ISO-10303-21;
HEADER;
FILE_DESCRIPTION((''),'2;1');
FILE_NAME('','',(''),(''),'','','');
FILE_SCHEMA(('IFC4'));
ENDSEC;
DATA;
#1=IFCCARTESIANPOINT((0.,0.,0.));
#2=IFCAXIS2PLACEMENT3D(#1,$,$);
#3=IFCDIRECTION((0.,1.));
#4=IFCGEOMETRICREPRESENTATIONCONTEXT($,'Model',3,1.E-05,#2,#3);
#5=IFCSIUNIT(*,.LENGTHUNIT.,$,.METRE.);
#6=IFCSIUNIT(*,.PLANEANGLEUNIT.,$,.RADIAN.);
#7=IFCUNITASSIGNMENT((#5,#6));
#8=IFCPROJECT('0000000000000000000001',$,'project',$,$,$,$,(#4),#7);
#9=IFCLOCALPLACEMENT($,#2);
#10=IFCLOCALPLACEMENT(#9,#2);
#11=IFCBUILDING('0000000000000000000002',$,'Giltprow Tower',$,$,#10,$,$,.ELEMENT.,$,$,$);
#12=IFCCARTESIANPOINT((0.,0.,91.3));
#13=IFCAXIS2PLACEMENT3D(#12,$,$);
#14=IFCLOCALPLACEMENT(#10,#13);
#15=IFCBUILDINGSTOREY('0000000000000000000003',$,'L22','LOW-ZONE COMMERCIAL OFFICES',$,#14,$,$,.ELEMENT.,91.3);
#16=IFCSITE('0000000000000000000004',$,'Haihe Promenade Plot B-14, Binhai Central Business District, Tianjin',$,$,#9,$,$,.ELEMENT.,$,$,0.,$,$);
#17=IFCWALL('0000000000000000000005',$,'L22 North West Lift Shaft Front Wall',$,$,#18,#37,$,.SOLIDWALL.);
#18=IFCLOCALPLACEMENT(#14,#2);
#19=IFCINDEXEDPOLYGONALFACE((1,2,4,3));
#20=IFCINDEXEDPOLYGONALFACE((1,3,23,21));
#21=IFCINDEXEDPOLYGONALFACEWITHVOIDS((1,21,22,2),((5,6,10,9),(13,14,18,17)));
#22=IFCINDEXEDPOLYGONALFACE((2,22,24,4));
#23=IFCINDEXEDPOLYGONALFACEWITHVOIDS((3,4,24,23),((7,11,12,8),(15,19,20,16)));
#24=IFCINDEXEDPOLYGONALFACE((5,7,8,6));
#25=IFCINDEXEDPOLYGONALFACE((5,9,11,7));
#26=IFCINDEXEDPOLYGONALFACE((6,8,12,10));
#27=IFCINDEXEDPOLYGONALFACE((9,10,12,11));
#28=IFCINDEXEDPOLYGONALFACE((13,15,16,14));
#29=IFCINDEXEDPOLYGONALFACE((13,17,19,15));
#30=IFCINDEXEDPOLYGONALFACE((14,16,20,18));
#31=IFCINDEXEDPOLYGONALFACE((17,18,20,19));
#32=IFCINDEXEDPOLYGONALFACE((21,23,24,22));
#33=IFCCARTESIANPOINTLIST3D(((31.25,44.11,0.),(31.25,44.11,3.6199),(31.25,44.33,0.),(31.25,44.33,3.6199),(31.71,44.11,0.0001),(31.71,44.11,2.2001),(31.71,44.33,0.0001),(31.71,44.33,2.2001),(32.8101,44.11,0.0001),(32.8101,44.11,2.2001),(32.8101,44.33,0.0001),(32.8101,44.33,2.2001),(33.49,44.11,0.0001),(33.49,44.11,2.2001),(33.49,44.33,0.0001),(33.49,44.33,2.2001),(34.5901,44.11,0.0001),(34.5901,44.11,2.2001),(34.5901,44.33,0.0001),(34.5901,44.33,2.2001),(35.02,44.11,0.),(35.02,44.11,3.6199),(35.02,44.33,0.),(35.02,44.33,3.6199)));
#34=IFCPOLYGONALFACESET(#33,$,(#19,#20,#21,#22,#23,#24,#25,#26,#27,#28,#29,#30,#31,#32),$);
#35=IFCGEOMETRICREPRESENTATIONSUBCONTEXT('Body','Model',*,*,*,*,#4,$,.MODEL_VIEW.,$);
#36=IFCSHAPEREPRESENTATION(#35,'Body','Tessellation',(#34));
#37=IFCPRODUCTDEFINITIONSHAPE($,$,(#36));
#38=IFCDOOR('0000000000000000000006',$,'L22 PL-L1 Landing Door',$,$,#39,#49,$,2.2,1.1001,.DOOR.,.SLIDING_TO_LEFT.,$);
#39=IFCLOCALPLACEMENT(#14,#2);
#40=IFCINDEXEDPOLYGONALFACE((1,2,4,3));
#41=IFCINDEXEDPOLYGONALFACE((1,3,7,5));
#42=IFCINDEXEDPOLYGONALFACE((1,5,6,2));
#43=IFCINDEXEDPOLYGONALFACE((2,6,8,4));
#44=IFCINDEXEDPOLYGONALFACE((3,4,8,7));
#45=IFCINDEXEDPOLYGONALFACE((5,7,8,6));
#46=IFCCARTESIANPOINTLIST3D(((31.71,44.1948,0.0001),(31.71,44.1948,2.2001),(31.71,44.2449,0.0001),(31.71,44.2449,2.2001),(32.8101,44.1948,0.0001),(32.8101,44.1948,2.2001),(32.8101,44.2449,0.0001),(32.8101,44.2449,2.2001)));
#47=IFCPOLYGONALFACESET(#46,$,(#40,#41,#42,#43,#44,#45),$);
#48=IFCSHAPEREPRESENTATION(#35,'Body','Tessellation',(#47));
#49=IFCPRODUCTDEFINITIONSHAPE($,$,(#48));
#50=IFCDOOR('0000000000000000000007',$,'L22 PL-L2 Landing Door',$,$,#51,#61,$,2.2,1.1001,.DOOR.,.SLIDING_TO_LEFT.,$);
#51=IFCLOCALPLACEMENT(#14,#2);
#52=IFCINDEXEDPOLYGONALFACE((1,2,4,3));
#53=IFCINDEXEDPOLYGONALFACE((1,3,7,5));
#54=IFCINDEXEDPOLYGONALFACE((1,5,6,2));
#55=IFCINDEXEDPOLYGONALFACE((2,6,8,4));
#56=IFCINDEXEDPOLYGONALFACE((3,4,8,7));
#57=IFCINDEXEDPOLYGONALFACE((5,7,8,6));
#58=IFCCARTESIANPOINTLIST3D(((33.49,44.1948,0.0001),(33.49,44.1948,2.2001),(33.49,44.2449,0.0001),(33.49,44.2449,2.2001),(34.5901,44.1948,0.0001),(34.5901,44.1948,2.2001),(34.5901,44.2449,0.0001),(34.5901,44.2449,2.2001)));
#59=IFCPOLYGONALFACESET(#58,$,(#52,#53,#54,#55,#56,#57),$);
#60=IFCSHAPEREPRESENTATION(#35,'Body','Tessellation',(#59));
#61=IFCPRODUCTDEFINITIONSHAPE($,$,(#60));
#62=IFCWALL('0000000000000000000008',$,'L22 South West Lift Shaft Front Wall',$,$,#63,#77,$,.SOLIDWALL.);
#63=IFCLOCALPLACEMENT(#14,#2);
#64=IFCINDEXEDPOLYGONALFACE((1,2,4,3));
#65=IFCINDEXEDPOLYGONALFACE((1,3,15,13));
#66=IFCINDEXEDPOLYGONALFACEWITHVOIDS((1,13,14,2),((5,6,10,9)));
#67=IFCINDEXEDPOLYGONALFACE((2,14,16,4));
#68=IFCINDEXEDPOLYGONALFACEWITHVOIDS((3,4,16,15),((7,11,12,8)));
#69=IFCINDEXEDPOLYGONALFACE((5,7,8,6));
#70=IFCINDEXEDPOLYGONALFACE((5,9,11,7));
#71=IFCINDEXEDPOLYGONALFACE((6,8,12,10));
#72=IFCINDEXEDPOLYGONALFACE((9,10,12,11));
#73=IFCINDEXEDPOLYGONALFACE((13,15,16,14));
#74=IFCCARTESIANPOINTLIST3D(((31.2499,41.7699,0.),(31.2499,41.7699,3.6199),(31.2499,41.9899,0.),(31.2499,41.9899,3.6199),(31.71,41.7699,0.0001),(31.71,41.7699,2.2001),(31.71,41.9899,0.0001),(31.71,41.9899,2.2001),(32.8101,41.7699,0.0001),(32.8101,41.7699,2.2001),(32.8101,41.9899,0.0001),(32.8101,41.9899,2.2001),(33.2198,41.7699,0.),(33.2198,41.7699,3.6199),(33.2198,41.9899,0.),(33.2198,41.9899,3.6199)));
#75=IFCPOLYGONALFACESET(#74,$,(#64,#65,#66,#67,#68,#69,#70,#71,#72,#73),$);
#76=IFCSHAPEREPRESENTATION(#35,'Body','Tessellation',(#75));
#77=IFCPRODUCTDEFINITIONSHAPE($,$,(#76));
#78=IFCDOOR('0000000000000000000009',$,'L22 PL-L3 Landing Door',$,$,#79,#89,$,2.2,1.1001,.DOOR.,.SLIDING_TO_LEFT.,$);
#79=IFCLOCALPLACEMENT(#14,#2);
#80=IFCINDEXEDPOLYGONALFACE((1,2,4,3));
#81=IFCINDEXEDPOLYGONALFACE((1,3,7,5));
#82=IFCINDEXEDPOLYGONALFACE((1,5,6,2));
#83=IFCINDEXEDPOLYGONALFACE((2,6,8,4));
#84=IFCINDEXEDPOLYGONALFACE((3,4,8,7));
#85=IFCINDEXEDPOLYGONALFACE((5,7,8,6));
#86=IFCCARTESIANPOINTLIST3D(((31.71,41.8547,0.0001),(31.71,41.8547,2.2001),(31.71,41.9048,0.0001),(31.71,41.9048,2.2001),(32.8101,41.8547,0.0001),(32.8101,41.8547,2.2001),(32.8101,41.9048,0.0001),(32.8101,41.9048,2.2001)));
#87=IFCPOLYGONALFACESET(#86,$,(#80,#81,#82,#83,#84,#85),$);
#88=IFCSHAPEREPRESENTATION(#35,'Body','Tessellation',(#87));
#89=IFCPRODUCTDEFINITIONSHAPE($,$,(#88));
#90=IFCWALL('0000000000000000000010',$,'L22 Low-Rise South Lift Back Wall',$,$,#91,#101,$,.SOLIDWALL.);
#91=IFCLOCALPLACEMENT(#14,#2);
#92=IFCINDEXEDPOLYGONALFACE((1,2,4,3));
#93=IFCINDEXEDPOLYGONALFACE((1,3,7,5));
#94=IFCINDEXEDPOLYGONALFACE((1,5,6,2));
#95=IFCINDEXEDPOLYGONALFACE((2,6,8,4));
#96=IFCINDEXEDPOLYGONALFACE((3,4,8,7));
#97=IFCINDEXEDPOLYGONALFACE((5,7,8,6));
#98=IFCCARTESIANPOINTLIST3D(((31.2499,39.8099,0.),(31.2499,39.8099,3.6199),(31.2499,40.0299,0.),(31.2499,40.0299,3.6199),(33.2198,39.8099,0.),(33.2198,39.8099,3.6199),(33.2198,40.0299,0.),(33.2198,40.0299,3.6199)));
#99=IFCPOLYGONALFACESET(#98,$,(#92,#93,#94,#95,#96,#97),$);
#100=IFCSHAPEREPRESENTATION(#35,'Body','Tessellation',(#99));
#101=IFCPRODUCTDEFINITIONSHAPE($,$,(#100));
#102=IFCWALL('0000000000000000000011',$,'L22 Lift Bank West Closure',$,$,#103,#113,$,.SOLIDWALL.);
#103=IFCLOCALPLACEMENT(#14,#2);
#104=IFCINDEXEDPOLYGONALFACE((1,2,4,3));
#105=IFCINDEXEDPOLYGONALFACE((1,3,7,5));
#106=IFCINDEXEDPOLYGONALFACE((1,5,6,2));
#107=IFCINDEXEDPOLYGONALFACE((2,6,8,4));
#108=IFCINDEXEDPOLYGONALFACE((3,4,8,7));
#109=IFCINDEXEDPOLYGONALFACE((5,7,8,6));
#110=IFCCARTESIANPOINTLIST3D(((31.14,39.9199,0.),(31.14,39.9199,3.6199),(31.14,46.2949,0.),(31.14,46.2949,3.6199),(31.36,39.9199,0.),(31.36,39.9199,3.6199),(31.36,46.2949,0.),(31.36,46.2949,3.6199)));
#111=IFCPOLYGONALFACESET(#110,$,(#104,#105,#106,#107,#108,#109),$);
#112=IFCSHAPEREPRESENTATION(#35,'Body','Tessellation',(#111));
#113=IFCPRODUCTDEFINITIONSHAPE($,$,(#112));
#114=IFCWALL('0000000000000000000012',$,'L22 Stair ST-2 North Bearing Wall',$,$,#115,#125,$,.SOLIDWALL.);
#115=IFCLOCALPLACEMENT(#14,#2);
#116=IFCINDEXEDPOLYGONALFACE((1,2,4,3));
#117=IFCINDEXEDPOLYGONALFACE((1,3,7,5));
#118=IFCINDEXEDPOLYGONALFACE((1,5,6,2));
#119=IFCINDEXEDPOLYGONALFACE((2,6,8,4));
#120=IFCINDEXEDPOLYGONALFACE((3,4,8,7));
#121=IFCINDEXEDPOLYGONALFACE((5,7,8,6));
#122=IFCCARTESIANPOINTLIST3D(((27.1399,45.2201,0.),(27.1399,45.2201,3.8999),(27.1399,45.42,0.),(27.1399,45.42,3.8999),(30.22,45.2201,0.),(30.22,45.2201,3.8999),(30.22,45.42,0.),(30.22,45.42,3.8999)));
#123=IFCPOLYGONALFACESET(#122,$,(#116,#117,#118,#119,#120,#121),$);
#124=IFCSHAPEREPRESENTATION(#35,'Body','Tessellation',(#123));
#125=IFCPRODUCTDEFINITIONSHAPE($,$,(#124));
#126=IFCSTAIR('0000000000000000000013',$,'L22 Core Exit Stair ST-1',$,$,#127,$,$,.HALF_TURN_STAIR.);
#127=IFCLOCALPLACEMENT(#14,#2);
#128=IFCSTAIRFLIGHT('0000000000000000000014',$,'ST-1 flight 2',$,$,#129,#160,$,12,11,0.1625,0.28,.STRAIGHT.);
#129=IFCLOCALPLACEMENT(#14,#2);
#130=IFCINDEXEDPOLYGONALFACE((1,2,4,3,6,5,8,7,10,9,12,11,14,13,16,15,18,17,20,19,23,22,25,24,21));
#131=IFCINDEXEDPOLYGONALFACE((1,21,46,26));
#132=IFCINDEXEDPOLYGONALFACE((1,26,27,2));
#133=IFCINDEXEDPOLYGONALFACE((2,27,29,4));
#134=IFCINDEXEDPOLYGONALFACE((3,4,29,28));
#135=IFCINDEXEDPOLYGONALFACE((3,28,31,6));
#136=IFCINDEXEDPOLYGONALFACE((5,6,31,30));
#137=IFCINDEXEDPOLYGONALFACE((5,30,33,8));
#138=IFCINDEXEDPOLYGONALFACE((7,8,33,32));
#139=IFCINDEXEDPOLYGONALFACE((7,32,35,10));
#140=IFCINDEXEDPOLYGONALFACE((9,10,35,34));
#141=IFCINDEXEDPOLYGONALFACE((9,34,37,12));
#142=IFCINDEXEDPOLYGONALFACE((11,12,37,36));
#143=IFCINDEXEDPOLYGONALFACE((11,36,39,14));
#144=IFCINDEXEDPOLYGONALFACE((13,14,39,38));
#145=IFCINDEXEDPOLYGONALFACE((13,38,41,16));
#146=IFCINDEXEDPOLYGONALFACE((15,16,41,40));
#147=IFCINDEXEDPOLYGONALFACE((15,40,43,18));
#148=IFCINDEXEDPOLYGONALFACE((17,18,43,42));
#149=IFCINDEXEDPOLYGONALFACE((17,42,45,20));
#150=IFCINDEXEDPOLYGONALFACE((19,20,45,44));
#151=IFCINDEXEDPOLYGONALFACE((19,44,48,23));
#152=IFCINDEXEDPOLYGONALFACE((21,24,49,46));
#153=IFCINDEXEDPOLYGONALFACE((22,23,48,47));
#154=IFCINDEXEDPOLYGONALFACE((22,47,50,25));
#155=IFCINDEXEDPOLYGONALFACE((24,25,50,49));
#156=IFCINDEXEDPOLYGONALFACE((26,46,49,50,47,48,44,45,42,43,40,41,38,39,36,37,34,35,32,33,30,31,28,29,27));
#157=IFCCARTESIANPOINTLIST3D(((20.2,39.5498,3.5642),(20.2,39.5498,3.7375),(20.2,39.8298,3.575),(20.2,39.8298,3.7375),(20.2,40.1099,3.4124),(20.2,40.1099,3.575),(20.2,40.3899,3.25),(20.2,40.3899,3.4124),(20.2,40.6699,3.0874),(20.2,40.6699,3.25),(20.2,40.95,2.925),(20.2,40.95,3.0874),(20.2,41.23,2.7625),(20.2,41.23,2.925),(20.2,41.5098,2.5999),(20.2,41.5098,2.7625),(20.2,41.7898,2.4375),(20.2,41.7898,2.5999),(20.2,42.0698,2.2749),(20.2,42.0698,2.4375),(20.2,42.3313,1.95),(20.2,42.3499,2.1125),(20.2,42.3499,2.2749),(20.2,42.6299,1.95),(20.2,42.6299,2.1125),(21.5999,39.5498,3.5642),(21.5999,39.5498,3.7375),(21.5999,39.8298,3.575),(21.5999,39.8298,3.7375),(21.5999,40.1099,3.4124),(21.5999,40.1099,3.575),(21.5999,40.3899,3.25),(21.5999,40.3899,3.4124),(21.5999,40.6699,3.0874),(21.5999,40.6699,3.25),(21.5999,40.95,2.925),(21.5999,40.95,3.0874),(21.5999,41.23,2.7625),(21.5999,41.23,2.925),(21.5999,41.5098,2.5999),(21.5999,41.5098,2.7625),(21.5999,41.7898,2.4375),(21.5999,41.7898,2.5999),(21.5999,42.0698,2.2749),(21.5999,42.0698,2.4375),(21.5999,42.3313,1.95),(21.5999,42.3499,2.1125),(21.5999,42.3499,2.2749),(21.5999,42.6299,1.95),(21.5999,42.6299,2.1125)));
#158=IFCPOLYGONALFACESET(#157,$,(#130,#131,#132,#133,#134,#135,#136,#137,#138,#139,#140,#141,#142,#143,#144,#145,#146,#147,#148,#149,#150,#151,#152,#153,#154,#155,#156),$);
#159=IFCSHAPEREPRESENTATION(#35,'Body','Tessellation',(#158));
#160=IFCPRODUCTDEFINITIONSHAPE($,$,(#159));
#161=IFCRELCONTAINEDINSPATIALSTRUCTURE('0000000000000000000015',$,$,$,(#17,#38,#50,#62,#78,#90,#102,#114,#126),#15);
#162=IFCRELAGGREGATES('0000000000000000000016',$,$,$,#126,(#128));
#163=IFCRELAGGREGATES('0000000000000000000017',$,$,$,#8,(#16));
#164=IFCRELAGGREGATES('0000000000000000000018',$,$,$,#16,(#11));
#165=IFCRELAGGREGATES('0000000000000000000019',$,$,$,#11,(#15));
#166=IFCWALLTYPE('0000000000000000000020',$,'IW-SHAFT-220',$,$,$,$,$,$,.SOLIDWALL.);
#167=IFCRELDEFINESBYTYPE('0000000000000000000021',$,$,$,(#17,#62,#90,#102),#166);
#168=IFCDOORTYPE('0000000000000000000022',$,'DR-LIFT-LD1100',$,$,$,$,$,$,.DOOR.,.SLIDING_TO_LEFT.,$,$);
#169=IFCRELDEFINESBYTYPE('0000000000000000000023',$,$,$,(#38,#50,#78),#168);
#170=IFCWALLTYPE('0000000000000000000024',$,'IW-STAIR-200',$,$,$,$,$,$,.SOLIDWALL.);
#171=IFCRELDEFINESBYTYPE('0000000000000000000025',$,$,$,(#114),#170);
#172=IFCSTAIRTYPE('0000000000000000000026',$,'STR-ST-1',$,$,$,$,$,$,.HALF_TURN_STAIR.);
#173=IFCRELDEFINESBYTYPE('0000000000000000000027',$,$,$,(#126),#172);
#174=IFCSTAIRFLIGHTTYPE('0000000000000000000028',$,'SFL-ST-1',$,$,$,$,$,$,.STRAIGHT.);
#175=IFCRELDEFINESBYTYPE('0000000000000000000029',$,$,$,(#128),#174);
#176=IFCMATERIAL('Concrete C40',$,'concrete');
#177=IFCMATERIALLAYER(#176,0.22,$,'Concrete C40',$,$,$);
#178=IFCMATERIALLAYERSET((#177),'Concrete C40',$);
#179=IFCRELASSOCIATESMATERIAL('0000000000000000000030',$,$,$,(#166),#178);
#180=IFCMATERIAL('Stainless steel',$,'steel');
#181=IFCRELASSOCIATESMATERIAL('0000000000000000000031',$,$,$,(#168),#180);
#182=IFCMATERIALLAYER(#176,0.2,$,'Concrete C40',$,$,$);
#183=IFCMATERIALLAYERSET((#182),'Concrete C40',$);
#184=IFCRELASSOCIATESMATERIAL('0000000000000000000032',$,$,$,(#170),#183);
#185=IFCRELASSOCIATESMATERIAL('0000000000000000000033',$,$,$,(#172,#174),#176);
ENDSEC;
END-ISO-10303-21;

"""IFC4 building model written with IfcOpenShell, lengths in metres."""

from ifc_helpers import new_model, si_unit, direction, frame, frame_2d, origin, place, context, subcontext, project, spatial, polyline, rectangle, outline, extrude, source, transform, mapped, material, layer, layer_set, type_object, element, fill, aggregate, save


model = new_model("IFC4")

# Units and contexts
model_context = context("Model", 3, precision=1e-05, world=origin(), true_north=direction((0.0, 1.0)))
body_context = subcontext(model_context, "Body", "Model", "MODEL_VIEW")
ifc_project = project(units=[si_unit("LENGTHUNIT", "METRE"), si_unit("PLANEANGLEUNIT", "RADIAN")], contexts=[model_context])

# Site, building, storey
site_placement = place(None, origin())
site = spatial("IfcSite", under=ifc_project, at=site_placement, Name="Haihe Promenade Plot B-14, Binhai Central Business District, Tianjin", CompositionType="ELEMENT", RefElevation=0.0)
building_placement = place(site_placement, origin())
building = spatial("IfcBuilding", under=site, at=building_placement, Name="Giltprow Tower", CompositionType="ELEMENT")
storey_placement = place(building_placement, frame((0.0, 0.0, 91.3)))
storey = spatial("IfcBuildingStorey", under=building, at=storey_placement, Name="L22", Description="LOW-ZONE COMMERCIAL OFFICES", CompositionType="ELEMENT", Elevation=91.3)

# Shared definitions
ifc_material_1 = material(Name="Concrete C40", Category="concrete")
ifc_layer_1 = layer(ifc_material_1, 0.22, Name="Concrete C40")
ifc_layer_set_1 = layer_set([ifc_layer_1], Name="Concrete C40")
wall_type_1 = type_object("IfcWallType", Name="IW-SHAFT-220", PredefinedType="SOLIDWALL", material=ifc_layer_set_1)
ifc_material_2 = material(Name="Stainless steel", Category="steel")
door_type = type_object("IfcDoorType", Name="DR-LIFT-LD1100", OperationType="SLIDING_TO_LEFT", PredefinedType="DOOR", material=ifc_material_2)
shared_shape_1 = source(origin(), body_context, "Body", "SweptSolid", [
    extrude(rectangle(XDim=1.1001, YDim=2.2, at=frame_2d((0.55, 1.1001))), frame((0.0, 0.0249, 0.0), z_axis=(0.0, -1.0, 0.0), x_axis=(1.0, 0.0, 0.0)), (0.0, 0.0, 1.0), 0.05),
])

# Wall, openings, doors
wall_1_placement = place(storey_placement, frame((31.25, 44.22, 0.0), z_axis=(0.0, 0.0, 1.0), x_axis=(1.0, 0.0, 0.0)))
wall_1 = element("IfcWall", 1, at=wall_1_placement, inside=storey, type_object=wall_type_1, Name="L22 North West Lift Shaft Front Wall", PredefinedType="SOLIDWALL", context=body_context, shape_type="SweptSolid", body=[
    extrude(rectangle(XDim=3.77, YDim=0.22, at=frame_2d((1.885, 0.0))), origin(), (0.0, 0.0, 1.0), 3.6199),
])
opening_1_placement = place(wall_1_placement, frame((0.46, 0.0, 0.0)))
opening_1 = element("IfcOpeningElement", 2, at=opening_1_placement, cuts=wall_1, PredefinedType="OPENING", context=body_context, shape_type="SweptSolid", body=[
    extrude(rectangle(XDim=1.1001, YDim=2.2, at=frame_2d((0.55, 1.1001))), frame((0.0, 0.1199, 0.0), z_axis=(0.0, -1.0, 0.0), x_axis=(1.0, 0.0, 0.0)), (0.0, 0.0, 1.0), 0.24),
])
opening_2_placement = place(wall_1_placement, frame((2.24, 0.0, 0.0)))
opening_2 = element("IfcOpeningElement", 3, at=opening_2_placement, cuts=wall_1, PredefinedType="OPENING", context=body_context, shape_type="SweptSolid", body=[
    extrude(rectangle(XDim=1.1001, YDim=2.2, at=frame_2d((0.55, 1.1001))), frame((0.0, 0.1199, 0.0), z_axis=(0.0, -1.0, 0.0), x_axis=(1.0, 0.0, 0.0)), (0.0, 0.0, 1.0), 0.24),
])
door_1_placement = place(opening_1_placement, origin())
door_1 = element("IfcDoor", 4, at=door_1_placement, inside=storey, type_object=door_type, Name="L22 PL-L1 Landing Door", OperationType="SLIDING_TO_LEFT", OverallHeight=2.2, OverallWidth=1.1001, PredefinedType="DOOR", context=body_context, shape_type="MappedRepresentation", body=[
    mapped(shared_shape_1, transform((0.0, 0.0, 0.0), x_axis=(1.0, 0.0, 0.0), y_axis=(0.0, 1.0, 0.0), z_axis=(0.0, 0.0, 1.0), scale=1.0)),
])
fill(opening_1, door_1)
door_2_placement = place(opening_2_placement, origin())
door_2 = element("IfcDoor", 5, at=door_2_placement, inside=storey, type_object=door_type, Name="L22 PL-L2 Landing Door", OperationType="SLIDING_TO_LEFT", OverallHeight=2.2, OverallWidth=1.1001, PredefinedType="DOOR", context=body_context, shape_type="MappedRepresentation", body=[
    mapped(shared_shape_1, transform((0.0, 0.0, 0.0), x_axis=(1.0, 0.0, 0.0), y_axis=(0.0, 1.0, 0.0), z_axis=(0.0, 0.0, 1.0), scale=1.0)),
])
fill(opening_2, door_2)

# Wall, opening, door
wall_2_placement = place(storey_placement, frame((31.25, 41.8799, 0.0), z_axis=(0.0, 0.0, 1.0), x_axis=(1.0, 0.0, 0.0)))
wall_2 = element("IfcWall", 6, at=wall_2_placement, inside=storey, type_object=wall_type_1, Name="L22 South West Lift Shaft Front Wall", PredefinedType="SOLIDWALL", context=body_context, shape_type="SweptSolid", body=[
    extrude(rectangle(XDim=1.97, YDim=0.22, at=frame_2d((0.9849, 0.0))), origin(), (0.0, 0.0, 1.0), 3.6199),
])
opening_3_placement = place(wall_2_placement, frame((0.46, 0.0, 0.0)))
opening_3 = element("IfcOpeningElement", 7, at=opening_3_placement, cuts=wall_2, PredefinedType="OPENING", context=body_context, shape_type="SweptSolid", body=[
    extrude(rectangle(XDim=1.1001, YDim=2.2, at=frame_2d((0.55, 1.1001))), frame((0.0, 0.1199, 0.0), z_axis=(0.0, -1.0, 0.0), x_axis=(1.0, 0.0, 0.0)), (0.0, 0.0, 1.0), 0.24),
])
door_3_placement = place(opening_3_placement, origin())
door_3 = element("IfcDoor", 8, at=door_3_placement, inside=storey, type_object=door_type, Name="L22 PL-L3 Landing Door", OperationType="SLIDING_TO_LEFT", OverallHeight=2.2, OverallWidth=1.1001, PredefinedType="DOOR", context=body_context, shape_type="MappedRepresentation", body=[
    mapped(shared_shape_1, transform((0.0, 0.0, 0.0), x_axis=(1.0, 0.0, 0.0), y_axis=(0.0, 1.0, 0.0), z_axis=(0.0, 0.0, 1.0), scale=1.0)),
])
fill(opening_3, door_3)

# Walls
wall_3_placement = place(storey_placement, frame((31.25, 39.9199, 0.0), z_axis=(0.0, 0.0, 1.0), x_axis=(1.0, 0.0, 0.0)))
element("IfcWall", 9, at=wall_3_placement, inside=storey, type_object=wall_type_1, Name="L22 Low-Rise South Lift Back Wall", PredefinedType="SOLIDWALL", context=body_context, shape_type="SweptSolid", body=[
    extrude(rectangle(XDim=1.97, YDim=0.22, at=frame_2d((0.9849, 0.0))), origin(), (0.0, 0.0, 1.0), 3.6199),
])
wall_4_placement = place(storey_placement, frame((31.25, 39.9199, 0.0), z_axis=(0.0, 0.0, 1.0), x_axis=(0.0, 1.0, 0.0)))
element("IfcWall", 10, at=wall_4_placement, inside=storey, type_object=wall_type_1, Name="L22 Lift Bank West Closure", PredefinedType="SOLIDWALL", context=body_context, shape_type="SweptSolid", body=[
    extrude(rectangle(XDim=6.375, YDim=0.22, at=frame_2d((3.1875, 0.0))), origin(), (0.0, 0.0, 1.0), 3.6199),
])
ifc_layer_2 = layer(ifc_material_1, 0.2, Name="Concrete C40")
ifc_layer_set_2 = layer_set([ifc_layer_2], Name="Concrete C40")
wall_type_2 = type_object("IfcWallType", Name="IW-STAIR-200", PredefinedType="SOLIDWALL", material=ifc_layer_set_2)
wall_5_placement = place(storey_placement, frame((27.1399, 45.3201, 0.0), z_axis=(0.0, 0.0, 1.0), x_axis=(1.0, 0.0, 0.0)))
element("IfcWall", 11, at=wall_5_placement, inside=storey, type_object=wall_type_2, Name="L22 Stair ST-2 North Bearing Wall", PredefinedType="SOLIDWALL", context=body_context, shape_type="SweptSolid", body=[
    extrude(rectangle(XDim=3.0801, YDim=0.2, at=frame_2d((1.54, 0.0))), origin(), (0.0, 0.0, 1.0), 3.8999),
])

# Stair, stair flight
stair_type_1 = type_object("IfcStairType", Name="STR-ST-1", PredefinedType="HALF_TURN_STAIR", material=ifc_material_1)
stair_1_placement = place(storey_placement, origin())
stair_1 = element("IfcStair", 12, at=stair_1_placement, inside=storey, type_object=stair_type_1, Name="L22 Core Exit Stair ST-1", PredefinedType="HALF_TURN_STAIR")
stair_flight_type_1 = type_object("IfcStairFlightType", Name="SFL-ST-1", PredefinedType="STRAIGHT", material=ifc_material_1)
stair_flight_1_placement = place(storey_placement, frame((20.8999, 42.6299, 1.95), z_axis=(0.0, 0.0, 1.0), x_axis=(0.0, -1.0, 0.0)))
stair_flight_1 = element("IfcStairFlight", 13, at=stair_flight_1_placement, type_object=stair_flight_type_1, Name="ST-1 flight 2", NumberOfRisers=12, NumberOfTreads=11, PredefinedType="STRAIGHT", RiserHeight=0.1625, TreadLength=0.28, context=body_context, shape_type="SweptSolid", body=[
    extrude(outline(polyline([(0.0, 0.0), (0.0, 0.1626), (0.28, 0.1626), (0.28, 0.325), (0.5601, 0.325), (0.5601, 0.4875), (0.8401, 0.4875), (0.8401, 0.6499), (1.1201, 0.6499), (1.1201, 0.8125), (1.3999, 0.8125), (1.3999, 0.9751), (1.6799, 0.9751), (1.6799, 1.1375), (1.96, 1.1375), (1.96, 1.3), (2.24, 1.3), (2.24, 1.4624), (2.52, 1.4624), (2.52, 1.625), (2.8, 1.625), (2.8, 1.7876), (3.0801, 1.7876), (3.0801, 1.95), (3.0801, 1.6143), (0.2986, 0.0), (0.0, 0.0)])), frame((0.0, 0.7, 0.0), z_axis=(0.0, -1.0, 0.0), x_axis=(1.0, 0.0, 0.0)), (0.0, 0.0, 1.0), 1.3999),
])
aggregate(stair_1, [stair_flight_1])

save(model, "model.ifc")
